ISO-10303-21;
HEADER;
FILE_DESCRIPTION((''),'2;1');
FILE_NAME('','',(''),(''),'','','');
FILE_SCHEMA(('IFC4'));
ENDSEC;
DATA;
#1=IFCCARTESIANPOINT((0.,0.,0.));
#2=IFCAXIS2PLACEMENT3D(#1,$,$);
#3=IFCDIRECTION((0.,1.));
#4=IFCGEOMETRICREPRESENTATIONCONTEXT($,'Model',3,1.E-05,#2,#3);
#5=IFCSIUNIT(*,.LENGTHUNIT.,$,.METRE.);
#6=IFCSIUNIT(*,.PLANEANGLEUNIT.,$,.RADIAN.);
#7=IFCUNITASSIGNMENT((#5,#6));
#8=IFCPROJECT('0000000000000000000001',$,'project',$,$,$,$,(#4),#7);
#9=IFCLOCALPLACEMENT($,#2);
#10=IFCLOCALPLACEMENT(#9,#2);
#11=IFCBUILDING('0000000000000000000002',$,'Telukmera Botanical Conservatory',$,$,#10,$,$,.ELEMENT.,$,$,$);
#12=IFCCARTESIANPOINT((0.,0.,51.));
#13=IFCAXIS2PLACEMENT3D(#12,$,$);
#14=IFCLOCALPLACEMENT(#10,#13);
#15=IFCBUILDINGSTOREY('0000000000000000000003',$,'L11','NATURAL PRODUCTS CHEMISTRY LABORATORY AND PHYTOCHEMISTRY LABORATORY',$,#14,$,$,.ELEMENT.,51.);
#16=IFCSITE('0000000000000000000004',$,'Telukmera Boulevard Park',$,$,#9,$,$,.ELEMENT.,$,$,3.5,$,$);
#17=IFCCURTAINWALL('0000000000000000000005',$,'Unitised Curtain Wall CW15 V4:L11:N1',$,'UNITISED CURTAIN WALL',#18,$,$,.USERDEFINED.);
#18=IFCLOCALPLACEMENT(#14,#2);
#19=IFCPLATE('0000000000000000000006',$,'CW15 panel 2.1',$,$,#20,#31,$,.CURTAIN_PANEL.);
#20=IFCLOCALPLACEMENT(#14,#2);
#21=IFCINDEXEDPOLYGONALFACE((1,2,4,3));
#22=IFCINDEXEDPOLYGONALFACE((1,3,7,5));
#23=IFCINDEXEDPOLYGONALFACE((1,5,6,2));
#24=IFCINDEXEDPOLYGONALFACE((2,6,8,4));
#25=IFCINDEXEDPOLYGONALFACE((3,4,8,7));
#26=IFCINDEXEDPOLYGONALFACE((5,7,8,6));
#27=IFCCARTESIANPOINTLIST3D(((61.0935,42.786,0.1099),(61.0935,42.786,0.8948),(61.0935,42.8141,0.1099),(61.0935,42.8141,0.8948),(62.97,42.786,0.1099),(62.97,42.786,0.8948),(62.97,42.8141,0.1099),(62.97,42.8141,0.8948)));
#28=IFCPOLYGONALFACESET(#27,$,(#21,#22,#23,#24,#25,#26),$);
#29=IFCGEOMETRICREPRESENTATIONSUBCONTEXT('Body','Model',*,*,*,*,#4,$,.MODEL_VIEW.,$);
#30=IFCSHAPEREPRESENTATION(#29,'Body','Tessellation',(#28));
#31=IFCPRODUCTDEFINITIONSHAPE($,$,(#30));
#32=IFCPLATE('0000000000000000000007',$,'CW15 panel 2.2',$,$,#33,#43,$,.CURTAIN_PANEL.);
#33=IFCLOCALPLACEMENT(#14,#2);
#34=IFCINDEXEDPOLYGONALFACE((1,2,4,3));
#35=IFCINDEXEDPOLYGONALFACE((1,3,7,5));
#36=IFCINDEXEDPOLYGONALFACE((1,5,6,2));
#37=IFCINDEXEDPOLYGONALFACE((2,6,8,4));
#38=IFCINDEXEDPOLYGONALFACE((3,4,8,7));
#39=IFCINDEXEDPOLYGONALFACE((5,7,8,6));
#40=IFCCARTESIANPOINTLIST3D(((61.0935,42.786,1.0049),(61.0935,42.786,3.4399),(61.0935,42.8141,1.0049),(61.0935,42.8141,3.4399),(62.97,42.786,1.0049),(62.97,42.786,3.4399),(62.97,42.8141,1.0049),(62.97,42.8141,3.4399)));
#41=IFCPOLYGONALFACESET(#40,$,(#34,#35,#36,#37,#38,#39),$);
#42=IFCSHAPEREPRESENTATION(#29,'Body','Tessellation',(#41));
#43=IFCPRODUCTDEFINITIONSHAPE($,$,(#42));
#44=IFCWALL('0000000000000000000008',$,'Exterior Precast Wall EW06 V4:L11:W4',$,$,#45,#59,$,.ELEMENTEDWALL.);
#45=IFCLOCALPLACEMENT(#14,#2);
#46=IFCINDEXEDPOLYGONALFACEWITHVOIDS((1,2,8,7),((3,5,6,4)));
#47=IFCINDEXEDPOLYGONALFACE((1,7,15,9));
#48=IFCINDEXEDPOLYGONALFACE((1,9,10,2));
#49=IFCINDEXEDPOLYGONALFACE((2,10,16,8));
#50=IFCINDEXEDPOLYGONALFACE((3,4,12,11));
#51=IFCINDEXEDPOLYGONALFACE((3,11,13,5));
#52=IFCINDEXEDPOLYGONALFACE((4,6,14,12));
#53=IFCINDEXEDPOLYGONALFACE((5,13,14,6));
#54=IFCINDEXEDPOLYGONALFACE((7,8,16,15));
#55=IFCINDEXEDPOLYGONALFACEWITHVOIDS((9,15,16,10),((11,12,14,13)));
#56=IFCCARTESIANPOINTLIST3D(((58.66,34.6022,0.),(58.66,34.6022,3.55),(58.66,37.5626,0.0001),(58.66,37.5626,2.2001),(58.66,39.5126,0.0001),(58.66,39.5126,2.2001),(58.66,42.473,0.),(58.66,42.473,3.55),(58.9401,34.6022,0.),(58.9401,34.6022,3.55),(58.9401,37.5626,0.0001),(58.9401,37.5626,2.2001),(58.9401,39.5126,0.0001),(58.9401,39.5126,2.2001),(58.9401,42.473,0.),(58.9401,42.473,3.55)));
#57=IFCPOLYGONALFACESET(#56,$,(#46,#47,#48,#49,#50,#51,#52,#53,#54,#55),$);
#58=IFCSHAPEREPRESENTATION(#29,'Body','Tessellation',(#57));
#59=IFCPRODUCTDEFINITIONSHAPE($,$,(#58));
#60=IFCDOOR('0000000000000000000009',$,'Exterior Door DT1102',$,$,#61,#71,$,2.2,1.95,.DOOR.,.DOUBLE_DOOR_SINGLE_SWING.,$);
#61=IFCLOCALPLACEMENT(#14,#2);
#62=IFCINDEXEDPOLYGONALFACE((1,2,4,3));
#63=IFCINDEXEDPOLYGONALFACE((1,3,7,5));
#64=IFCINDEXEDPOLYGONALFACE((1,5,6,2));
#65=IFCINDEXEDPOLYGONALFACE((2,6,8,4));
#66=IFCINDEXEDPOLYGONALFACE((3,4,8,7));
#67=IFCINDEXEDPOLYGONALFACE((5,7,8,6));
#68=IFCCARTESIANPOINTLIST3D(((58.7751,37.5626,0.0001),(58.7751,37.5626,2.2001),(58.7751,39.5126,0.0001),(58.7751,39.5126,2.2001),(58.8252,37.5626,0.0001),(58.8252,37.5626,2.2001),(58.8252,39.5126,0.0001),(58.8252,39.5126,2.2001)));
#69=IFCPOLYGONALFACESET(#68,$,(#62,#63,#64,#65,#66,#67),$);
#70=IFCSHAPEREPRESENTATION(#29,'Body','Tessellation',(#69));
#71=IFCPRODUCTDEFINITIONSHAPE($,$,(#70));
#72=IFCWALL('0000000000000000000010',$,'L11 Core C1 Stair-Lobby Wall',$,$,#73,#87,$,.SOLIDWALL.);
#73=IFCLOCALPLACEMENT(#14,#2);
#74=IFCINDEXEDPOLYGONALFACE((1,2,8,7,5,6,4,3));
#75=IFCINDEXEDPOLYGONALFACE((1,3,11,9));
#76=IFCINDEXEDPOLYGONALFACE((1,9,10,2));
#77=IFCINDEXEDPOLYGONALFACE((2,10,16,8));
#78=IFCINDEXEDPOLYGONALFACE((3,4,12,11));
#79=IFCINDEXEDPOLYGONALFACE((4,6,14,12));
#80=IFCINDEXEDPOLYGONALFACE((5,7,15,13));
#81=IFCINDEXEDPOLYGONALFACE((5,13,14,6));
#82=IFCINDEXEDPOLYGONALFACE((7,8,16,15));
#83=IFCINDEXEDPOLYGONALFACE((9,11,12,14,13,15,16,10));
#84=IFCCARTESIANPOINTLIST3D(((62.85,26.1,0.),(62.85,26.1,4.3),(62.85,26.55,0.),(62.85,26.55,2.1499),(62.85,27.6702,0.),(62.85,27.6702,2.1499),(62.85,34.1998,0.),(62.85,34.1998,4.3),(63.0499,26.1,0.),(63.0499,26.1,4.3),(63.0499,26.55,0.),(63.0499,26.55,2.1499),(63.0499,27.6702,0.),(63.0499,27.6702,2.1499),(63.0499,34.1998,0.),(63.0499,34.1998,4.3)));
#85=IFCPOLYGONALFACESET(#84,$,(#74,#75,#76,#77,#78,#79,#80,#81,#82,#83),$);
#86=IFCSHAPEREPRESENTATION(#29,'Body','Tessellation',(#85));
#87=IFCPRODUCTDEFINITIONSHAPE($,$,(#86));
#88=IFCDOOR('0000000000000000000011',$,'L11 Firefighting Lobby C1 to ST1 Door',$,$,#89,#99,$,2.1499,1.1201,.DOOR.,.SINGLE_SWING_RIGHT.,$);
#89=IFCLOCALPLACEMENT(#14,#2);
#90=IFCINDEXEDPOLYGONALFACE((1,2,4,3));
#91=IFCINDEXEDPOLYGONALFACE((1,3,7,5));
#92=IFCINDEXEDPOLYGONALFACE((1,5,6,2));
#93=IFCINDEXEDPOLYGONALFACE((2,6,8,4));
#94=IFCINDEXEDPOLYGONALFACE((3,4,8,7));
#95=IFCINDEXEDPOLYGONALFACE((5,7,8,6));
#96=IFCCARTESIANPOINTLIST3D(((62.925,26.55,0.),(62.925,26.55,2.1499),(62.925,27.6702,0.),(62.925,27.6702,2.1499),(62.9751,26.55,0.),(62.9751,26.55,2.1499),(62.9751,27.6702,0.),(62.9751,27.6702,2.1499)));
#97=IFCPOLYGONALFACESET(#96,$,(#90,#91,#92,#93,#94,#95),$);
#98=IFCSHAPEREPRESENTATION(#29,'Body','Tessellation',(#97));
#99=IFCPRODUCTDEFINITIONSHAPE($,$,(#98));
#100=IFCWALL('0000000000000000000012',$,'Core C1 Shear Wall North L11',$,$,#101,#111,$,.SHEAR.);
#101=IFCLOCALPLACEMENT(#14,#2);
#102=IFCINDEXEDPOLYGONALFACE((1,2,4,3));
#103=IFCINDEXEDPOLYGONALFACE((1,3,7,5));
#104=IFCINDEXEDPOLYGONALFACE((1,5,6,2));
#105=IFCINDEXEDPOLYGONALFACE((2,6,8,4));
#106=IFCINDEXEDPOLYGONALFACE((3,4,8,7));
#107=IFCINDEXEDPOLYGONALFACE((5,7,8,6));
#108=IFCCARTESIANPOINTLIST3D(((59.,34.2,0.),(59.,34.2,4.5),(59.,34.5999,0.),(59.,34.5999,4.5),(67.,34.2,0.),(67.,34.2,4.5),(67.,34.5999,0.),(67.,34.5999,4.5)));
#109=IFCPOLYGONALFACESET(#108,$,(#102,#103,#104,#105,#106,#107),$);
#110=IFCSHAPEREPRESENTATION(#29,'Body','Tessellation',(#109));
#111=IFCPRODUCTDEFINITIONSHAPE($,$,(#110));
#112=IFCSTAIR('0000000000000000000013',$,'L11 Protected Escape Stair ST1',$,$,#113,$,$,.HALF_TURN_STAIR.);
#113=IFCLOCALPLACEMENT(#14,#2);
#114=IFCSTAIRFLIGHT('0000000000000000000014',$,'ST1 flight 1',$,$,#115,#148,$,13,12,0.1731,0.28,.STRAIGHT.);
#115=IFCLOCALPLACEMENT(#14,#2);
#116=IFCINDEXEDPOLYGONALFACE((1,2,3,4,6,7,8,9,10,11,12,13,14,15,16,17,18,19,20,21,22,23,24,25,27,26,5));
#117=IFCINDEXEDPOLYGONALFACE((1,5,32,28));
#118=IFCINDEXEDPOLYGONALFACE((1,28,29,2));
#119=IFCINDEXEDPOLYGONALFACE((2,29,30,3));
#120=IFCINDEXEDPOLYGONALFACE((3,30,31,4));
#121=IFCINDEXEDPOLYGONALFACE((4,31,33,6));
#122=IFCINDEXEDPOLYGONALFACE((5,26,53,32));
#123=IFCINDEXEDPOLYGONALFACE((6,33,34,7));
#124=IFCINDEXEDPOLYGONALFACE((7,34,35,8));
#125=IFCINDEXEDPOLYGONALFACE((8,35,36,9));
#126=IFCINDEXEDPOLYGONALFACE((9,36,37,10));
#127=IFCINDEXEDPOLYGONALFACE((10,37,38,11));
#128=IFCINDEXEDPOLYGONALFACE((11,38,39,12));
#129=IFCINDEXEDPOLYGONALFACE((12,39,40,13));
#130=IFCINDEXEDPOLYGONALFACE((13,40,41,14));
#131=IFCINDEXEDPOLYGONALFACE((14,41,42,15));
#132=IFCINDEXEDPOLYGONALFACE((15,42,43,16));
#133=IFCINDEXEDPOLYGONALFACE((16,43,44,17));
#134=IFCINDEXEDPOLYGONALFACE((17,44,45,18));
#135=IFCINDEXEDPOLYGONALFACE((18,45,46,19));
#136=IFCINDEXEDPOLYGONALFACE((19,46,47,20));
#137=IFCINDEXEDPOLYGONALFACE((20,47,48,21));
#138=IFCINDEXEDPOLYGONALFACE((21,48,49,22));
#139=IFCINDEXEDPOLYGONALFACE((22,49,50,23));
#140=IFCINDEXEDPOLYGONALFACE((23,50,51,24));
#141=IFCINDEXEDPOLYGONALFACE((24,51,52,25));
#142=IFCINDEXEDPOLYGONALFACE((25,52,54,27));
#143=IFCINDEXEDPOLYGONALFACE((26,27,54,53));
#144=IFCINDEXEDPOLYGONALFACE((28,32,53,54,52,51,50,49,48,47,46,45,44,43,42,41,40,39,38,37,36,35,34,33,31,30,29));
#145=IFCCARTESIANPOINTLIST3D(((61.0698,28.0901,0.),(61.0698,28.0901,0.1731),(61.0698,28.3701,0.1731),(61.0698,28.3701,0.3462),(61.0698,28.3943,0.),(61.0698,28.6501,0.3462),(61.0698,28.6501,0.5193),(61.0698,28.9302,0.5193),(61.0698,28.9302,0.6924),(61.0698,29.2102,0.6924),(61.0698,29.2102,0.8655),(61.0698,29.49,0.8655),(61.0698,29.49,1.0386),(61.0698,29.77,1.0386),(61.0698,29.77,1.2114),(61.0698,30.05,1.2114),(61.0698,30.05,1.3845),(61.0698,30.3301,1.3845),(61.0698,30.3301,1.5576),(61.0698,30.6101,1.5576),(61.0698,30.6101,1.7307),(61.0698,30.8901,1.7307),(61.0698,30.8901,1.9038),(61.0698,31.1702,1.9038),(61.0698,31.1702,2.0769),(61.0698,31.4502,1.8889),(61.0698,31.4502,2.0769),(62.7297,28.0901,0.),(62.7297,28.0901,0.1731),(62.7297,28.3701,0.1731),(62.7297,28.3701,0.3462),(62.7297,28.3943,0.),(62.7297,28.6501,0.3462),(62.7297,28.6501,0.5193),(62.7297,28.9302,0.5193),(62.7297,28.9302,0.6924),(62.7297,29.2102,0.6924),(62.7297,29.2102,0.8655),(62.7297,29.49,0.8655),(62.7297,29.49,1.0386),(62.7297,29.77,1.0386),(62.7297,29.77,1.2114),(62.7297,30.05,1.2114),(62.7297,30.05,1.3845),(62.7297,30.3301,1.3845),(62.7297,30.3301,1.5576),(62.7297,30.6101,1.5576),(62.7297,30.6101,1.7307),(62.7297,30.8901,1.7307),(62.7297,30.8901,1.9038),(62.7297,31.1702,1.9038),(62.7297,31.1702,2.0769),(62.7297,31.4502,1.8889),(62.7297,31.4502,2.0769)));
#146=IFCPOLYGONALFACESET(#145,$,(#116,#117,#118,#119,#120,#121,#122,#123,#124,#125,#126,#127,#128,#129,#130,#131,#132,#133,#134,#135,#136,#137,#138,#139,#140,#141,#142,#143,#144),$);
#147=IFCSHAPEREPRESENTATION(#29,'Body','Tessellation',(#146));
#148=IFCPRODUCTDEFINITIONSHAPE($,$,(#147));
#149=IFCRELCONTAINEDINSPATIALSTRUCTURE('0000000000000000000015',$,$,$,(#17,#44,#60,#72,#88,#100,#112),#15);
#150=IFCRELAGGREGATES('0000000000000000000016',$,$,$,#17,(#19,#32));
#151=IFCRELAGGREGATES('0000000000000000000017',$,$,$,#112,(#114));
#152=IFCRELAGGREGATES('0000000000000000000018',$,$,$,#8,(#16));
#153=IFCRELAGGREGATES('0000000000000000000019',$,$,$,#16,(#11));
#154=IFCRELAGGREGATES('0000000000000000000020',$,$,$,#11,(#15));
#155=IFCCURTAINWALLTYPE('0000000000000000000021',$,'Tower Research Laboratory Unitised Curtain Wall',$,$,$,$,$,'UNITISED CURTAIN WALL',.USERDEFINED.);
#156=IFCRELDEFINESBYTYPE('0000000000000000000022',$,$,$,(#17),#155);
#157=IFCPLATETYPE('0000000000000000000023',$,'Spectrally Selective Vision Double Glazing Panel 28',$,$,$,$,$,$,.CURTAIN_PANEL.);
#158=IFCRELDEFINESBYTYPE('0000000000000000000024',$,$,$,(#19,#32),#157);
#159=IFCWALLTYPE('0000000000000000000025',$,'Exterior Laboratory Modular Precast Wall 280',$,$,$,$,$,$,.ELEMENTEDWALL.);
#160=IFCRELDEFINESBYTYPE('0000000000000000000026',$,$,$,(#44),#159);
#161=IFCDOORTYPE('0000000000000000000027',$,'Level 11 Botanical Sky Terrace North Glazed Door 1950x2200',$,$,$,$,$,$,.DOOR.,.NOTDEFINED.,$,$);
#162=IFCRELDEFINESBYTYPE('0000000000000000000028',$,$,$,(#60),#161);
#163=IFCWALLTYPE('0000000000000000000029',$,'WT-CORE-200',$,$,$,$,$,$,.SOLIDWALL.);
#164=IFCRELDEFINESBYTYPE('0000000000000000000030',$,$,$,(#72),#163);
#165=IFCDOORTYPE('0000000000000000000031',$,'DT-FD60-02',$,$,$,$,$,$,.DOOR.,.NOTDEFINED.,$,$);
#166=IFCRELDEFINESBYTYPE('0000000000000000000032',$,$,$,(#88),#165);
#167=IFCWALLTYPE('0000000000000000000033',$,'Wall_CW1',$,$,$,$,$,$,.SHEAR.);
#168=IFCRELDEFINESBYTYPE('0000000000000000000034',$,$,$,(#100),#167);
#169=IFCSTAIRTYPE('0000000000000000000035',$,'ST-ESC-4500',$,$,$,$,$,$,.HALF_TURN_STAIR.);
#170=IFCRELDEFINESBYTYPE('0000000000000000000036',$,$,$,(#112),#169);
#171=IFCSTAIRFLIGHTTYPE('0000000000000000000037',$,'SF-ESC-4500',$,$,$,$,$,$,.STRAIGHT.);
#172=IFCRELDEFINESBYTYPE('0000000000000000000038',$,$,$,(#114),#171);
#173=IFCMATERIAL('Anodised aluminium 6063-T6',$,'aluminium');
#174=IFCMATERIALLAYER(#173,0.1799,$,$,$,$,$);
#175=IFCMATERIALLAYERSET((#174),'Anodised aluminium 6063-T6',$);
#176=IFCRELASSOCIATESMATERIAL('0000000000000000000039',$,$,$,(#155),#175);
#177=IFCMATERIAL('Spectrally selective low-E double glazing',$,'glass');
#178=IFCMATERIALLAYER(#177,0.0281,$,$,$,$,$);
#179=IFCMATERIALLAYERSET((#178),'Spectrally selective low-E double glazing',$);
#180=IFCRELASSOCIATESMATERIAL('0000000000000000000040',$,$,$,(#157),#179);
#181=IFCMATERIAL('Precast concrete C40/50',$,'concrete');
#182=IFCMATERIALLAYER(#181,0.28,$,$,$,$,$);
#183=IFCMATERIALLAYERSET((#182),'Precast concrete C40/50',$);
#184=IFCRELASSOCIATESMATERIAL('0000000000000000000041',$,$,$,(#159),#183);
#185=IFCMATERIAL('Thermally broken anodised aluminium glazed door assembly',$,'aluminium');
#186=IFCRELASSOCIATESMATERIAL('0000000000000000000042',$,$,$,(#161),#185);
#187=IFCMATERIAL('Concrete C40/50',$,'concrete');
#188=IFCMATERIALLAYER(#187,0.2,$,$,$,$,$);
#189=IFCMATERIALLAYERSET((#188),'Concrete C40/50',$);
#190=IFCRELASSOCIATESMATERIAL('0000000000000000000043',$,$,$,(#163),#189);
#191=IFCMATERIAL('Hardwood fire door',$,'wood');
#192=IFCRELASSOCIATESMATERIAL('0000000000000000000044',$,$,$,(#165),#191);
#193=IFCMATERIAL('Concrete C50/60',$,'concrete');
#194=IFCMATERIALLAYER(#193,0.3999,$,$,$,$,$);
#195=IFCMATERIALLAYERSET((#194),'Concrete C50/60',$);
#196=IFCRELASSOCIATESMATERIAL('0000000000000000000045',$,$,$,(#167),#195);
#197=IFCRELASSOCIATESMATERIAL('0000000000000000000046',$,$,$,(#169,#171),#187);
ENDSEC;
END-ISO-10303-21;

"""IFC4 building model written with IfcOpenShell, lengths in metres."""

from ifc_helpers import new_model, si_unit, direction, frame, frame_2d, origin, origin_2d, place, context, subcontext, project, spatial, polyline, rectangle, outline, extrude, material, layer, layer_set, type_object, element, fill, aggregate, save


model = new_model("IFC4")

# Units and contexts
model_context = context("Model", 3, precision=1e-05, world=origin(), true_north=direction((0.0, 1.0)))
body_context = subcontext(model_context, "Body", "Model", "MODEL_VIEW")
ifc_project = project(units=[si_unit("LENGTHUNIT", "METRE"), si_unit("PLANEANGLEUNIT", "RADIAN")], contexts=[model_context])

# Site, building, storey
site_placement = place(None, origin())
site = spatial("IfcSite", under=ifc_project, at=site_placement, Name="Telukmera Boulevard Park", CompositionType="ELEMENT", RefElevation=3.5)
building_placement = place(site_placement, origin())
building = spatial("IfcBuilding", under=site, at=building_placement, Name="Telukmera Botanical Conservatory", CompositionType="ELEMENT")
storey_placement = place(building_placement, frame((0.0, 0.0, 51.0)))
storey = spatial("IfcBuildingStorey", under=building, at=storey_placement, Name="L11", Description="NATURAL PRODUCTS CHEMISTRY LABORATORY AND PHYTOCHEMISTRY LABORATORY", CompositionType="ELEMENT", Elevation=51.0)

# Shared definitions
ifc_material_1 = material(Name="Concrete C40/50", Category="concrete")
ifc_material_2 = material(Name="Precast concrete C40/50", Category="concrete")

# Curtain wall, plates
ifc_material_3 = material(Name="Anodised aluminium 6063-T6", Category="aluminium")
ifc_layer_1 = layer(ifc_material_3, 0.1799)
ifc_layer_set_1 = layer_set([ifc_layer_1], Name="Anodised aluminium 6063-T6")
curtain_wall_type = type_object("IfcCurtainWallType", Name="Tower Research Laboratory Unitised Curtain Wall", ElementType="UNITISED CURTAIN WALL", PredefinedType="USERDEFINED", material=ifc_layer_set_1)
curtain_wall_placement = place(storey_placement, origin())
curtain_wall = element("IfcCurtainWall", 1, at=curtain_wall_placement, inside=storey, type_object=curtain_wall_type, Name="Unitised Curtain Wall CW15 V4:L11:N1", ObjectType="UNITISED CURTAIN WALL", PredefinedType="USERDEFINED")
ifc_material_4 = material(Name="Spectrally selective low-E double glazing", Category="glass")
ifc_layer_2 = layer(ifc_material_4, 0.0281)
ifc_layer_set_2 = layer_set([ifc_layer_2], Name="Spectrally selective low-E double glazing")
plate_type = type_object("IfcPlateType", Name="Spectrally Selective Vision Double Glazing Panel 28", PredefinedType="CURTAIN_PANEL", material=ifc_layer_set_2)
plate_1_placement = place(storey_placement, frame((62.0317, 42.8, 0.1099), z_axis=(0.0, 0.0, 1.0), x_axis=(1.0, 0.0, 0.0)))
plate_1 = element("IfcPlate", 2, at=plate_1_placement, type_object=plate_type, Name="CW15 panel 2.1", PredefinedType="CURTAIN_PANEL", context=body_context, shape_type="SweptSolid", body=[
    extrude(rectangle(XDim=1.8765, YDim=0.0281, at=origin_2d()), origin(), (0.0, 0.0, 1.0), 0.7849),
])
plate_2_placement = place(storey_placement, frame((62.0317, 42.8, 1.0049), z_axis=(0.0, 0.0, 1.0), x_axis=(1.0, 0.0, 0.0)))
plate_2 = element("IfcPlate", 3, at=plate_2_placement, type_object=plate_type, Name="CW15 panel 2.2", PredefinedType="CURTAIN_PANEL", context=body_context, shape_type="SweptSolid", body=[
    extrude(rectangle(XDim=1.8765, YDim=0.0281, at=origin_2d()), origin(), (0.0, 0.0, 1.0), 2.4351),
])
aggregate(curtain_wall, [plate_1, plate_2])

# Walls, openings, doors
ifc_layer_3 = layer(ifc_material_2, 0.28)
ifc_layer_set_3 = layer_set([ifc_layer_3], Name="Precast concrete C40/50")
wall_type_1 = type_object("IfcWallType", Name="Exterior Laboratory Modular Precast Wall 280", PredefinedType="ELEMENTEDWALL", material=ifc_layer_set_3)
wall_1_placement = place(storey_placement, frame((58.8, 34.6021, 0.0), z_axis=(0.0, 0.0, 1.0), x_axis=(0.0, 1.0, 0.0)))
wall_1 = element("IfcWall", 4, at=wall_1_placement, inside=storey, type_object=wall_type_1, Name="Exterior Precast Wall EW06 V4:L11:W4", PredefinedType="ELEMENTEDWALL", context=body_context, shape_type="SweptSolid", body=[
    extrude(rectangle(XDim=7.8708, YDim=0.28, at=frame_2d((3.9355, 0.0))), origin(), (0.0, 0.0, 1.0), 3.55),
])
opening_1_placement = place(wall_1_placement, frame((2.9604, 0.0, 0.0)))
opening_1 = element("IfcOpeningElement", 5, at=opening_1_placement, cuts=wall_1, PredefinedType="OPENING", context=body_context, shape_type="SweptSolid", body=[
    extrude(rectangle(XDim=1.95, YDim=2.2, at=frame_2d((0.9751, 1.1001))), frame((0.0, 0.1499, 0.0), z_axis=(0.0, -1.0, 0.0), x_axis=(1.0, 0.0, 0.0)), (0.0, 0.0, 1.0), 0.3),
])
ifc_material_5 = material(Name="Thermally broken anodised aluminium glazed door assembly", Category="aluminium")
door_type_1 = type_object("IfcDoorType", Name="Level 11 Botanical Sky Terrace North Glazed Door 1950x2200", OperationType="NOTDEFINED", PredefinedType="DOOR", material=ifc_material_5)
door_1_placement = place(opening_1_placement, origin())
door_1 = element("IfcDoor", 6, at=door_1_placement, inside=storey, type_object=door_type_1, Name="Exterior Door DT1102", OperationType="DOUBLE_DOOR_SINGLE_SWING", OverallHeight=2.2, OverallWidth=1.95, PredefinedType="DOOR", context=body_context, shape_type="SweptSolid", body=[
    extrude(rectangle(XDim=1.95, YDim=2.2, at=frame_2d((0.9751, 1.1001))), frame((0.0, 0.0249, 0.0), z_axis=(0.0, -1.0, 0.0), x_axis=(1.0, 0.0, 0.0)), (0.0, 0.0, 1.0), 0.05),
])
fill(opening_1, door_1)
ifc_layer_4 = layer(ifc_material_1, 0.2)
ifc_layer_set_4 = layer_set([ifc_layer_4], Name="Concrete C40/50")
wall_type_2 = type_object("IfcWallType", Name="WT-CORE-200", PredefinedType="SOLIDWALL", material=ifc_layer_set_4)
wall_2_placement = place(storey_placement, frame((62.95, 26.1001, 0.0), z_axis=(0.0, 0.0, 1.0), x_axis=(0.0, 1.0, 0.0)))
wall_2 = element("IfcWall", 7, at=wall_2_placement, inside=storey, type_object=wall_type_2, Name="L11 Core C1 Stair-Lobby Wall", PredefinedType="SOLIDWALL", context=body_context, shape_type="SweptSolid", body=[
    extrude(rectangle(XDim=8.0999, YDim=0.2, at=frame_2d((4.0498, 0.0))), origin(), (0.0, 0.0, 1.0), 4.3),
])
opening_2_placement = place(wall_2_placement, frame((0.45, 0.0, 0.0)))
opening_2 = element("IfcOpeningElement", 8, at=opening_2_placement, cuts=wall_2, PredefinedType="OPENING", context=body_context, shape_type="SweptSolid", body=[
    extrude(rectangle(XDim=1.1201, YDim=2.1499, at=frame_2d((0.5601, 1.075))), frame((0.0, 0.1099, 0.0), z_axis=(0.0, -1.0, 0.0), x_axis=(1.0, 0.0, 0.0)), (0.0, 0.0, 1.0), 0.22),
])
ifc_material_6 = material(Name="Hardwood fire door", Category="wood")
door_type_2 = type_object("IfcDoorType", Name="DT-FD60-02", OperationType="NOTDEFINED", PredefinedType="DOOR", material=ifc_material_6)
door_2_placement = place(opening_2_placement, origin())
door_2 = element("IfcDoor", 9, at=door_2_placement, inside=storey, type_object=door_type_2, Name="L11 Firefighting Lobby C1 to ST1 Door", OperationType="SINGLE_SWING_RIGHT", OverallHeight=2.1499, OverallWidth=1.1201, PredefinedType="DOOR", context=body_context, shape_type="SweptSolid", body=[
    extrude(rectangle(XDim=1.1201, YDim=2.1499, at=frame_2d((0.5601, 1.075))), frame((0.0, 0.0249, 0.0), z_axis=(0.0, -1.0, 0.0), x_axis=(1.0, 0.0, 0.0)), (0.0, 0.0, 1.0), 0.05),
])
fill(opening_2, door_2)

# Wall
ifc_material_7 = material(Name="Concrete C50/60", Category="concrete")
ifc_layer_5 = layer(ifc_material_7, 0.3999)
ifc_layer_set_5 = layer_set([ifc_layer_5], Name="Concrete C50/60")
wall_type_3 = type_object("IfcWallType", Name="Wall_CW1", PredefinedType="SHEAR", material=ifc_layer_set_5)
wall_3_placement = place(storey_placement, frame((59.0, 34.3999, 0.0), z_axis=(0.0, 0.0, 1.0), x_axis=(1.0, 0.0, 0.0)))
element("IfcWall", 10, at=wall_3_placement, inside=storey, type_object=wall_type_3, Name="Core C1 Shear Wall North L11", PredefinedType="SHEAR", context=body_context, shape_type="SweptSolid", body=[
    extrude(rectangle(XDim=8.0, YDim=0.3999, at=frame_2d((4.0, 0.0))), origin(), (0.0, 0.0, 1.0), 4.5),
])

# Stair, stair flight
stair_type = type_object("IfcStairType", Name="ST-ESC-4500", PredefinedType="HALF_TURN_STAIR", material=ifc_material_1)
stair_placement = place(storey_placement, origin())
stair = element("IfcStair", 11, at=stair_placement, inside=storey, type_object=stair_type, Name="L11 Protected Escape Stair ST1", PredefinedType="HALF_TURN_STAIR")
stair_flight_type = type_object("IfcStairFlightType", Name="SF-ESC-4500", PredefinedType="STRAIGHT", material=ifc_material_1)
stair_flight_1_placement = place(storey_placement, frame((61.8999, 28.0901, 0.0), z_axis=(0.0, 0.0, 1.0), x_axis=(0.0, 1.0, 0.0)))
stair_flight_1 = element("IfcStairFlight", 12, at=stair_flight_1_placement, type_object=stair_flight_type, Name="ST1 flight 1", NumberOfRisers=13, NumberOfTreads=12, PredefinedType="STRAIGHT", RiserHeight=0.1731, TreadLength=0.28, context=body_context, shape_type="SweptSolid", body=[
    extrude(outline(polyline([(0.0, 0.0), (0.0, 0.1731), (0.28, 0.1731), (0.28, 0.3462), (0.5601, 0.3462), (0.5601, 0.5193), (0.8401, 0.5193), (0.8401, 0.6924), (1.1201, 0.6924), (1.1201, 0.8655), (1.3999, 0.8655), (1.3999, 1.0386), (1.6799, 1.0386), (1.6799, 1.2114), (1.96, 1.2114), (1.96, 1.3845), (2.24, 1.3845), (2.24, 1.5576), (2.52, 1.5576), (2.52, 1.7307), (2.8, 1.7307), (2.8, 1.9038), (3.0801, 1.9038), (3.0801, 2.0769), (3.3601, 2.0769), (3.3601, 2.25), (3.3601, 1.8889), (0.3042, 0.0), (0.0, 0.0)])), frame((0.0, 0.8301, 0.0), z_axis=(0.0, -1.0, 0.0), x_axis=(1.0, 0.0, 0.0)), (0.0, 0.0, 1.0), 1.6599),
])
aggregate(stair, [stair_flight_1])

save(model, "model.ifc")
